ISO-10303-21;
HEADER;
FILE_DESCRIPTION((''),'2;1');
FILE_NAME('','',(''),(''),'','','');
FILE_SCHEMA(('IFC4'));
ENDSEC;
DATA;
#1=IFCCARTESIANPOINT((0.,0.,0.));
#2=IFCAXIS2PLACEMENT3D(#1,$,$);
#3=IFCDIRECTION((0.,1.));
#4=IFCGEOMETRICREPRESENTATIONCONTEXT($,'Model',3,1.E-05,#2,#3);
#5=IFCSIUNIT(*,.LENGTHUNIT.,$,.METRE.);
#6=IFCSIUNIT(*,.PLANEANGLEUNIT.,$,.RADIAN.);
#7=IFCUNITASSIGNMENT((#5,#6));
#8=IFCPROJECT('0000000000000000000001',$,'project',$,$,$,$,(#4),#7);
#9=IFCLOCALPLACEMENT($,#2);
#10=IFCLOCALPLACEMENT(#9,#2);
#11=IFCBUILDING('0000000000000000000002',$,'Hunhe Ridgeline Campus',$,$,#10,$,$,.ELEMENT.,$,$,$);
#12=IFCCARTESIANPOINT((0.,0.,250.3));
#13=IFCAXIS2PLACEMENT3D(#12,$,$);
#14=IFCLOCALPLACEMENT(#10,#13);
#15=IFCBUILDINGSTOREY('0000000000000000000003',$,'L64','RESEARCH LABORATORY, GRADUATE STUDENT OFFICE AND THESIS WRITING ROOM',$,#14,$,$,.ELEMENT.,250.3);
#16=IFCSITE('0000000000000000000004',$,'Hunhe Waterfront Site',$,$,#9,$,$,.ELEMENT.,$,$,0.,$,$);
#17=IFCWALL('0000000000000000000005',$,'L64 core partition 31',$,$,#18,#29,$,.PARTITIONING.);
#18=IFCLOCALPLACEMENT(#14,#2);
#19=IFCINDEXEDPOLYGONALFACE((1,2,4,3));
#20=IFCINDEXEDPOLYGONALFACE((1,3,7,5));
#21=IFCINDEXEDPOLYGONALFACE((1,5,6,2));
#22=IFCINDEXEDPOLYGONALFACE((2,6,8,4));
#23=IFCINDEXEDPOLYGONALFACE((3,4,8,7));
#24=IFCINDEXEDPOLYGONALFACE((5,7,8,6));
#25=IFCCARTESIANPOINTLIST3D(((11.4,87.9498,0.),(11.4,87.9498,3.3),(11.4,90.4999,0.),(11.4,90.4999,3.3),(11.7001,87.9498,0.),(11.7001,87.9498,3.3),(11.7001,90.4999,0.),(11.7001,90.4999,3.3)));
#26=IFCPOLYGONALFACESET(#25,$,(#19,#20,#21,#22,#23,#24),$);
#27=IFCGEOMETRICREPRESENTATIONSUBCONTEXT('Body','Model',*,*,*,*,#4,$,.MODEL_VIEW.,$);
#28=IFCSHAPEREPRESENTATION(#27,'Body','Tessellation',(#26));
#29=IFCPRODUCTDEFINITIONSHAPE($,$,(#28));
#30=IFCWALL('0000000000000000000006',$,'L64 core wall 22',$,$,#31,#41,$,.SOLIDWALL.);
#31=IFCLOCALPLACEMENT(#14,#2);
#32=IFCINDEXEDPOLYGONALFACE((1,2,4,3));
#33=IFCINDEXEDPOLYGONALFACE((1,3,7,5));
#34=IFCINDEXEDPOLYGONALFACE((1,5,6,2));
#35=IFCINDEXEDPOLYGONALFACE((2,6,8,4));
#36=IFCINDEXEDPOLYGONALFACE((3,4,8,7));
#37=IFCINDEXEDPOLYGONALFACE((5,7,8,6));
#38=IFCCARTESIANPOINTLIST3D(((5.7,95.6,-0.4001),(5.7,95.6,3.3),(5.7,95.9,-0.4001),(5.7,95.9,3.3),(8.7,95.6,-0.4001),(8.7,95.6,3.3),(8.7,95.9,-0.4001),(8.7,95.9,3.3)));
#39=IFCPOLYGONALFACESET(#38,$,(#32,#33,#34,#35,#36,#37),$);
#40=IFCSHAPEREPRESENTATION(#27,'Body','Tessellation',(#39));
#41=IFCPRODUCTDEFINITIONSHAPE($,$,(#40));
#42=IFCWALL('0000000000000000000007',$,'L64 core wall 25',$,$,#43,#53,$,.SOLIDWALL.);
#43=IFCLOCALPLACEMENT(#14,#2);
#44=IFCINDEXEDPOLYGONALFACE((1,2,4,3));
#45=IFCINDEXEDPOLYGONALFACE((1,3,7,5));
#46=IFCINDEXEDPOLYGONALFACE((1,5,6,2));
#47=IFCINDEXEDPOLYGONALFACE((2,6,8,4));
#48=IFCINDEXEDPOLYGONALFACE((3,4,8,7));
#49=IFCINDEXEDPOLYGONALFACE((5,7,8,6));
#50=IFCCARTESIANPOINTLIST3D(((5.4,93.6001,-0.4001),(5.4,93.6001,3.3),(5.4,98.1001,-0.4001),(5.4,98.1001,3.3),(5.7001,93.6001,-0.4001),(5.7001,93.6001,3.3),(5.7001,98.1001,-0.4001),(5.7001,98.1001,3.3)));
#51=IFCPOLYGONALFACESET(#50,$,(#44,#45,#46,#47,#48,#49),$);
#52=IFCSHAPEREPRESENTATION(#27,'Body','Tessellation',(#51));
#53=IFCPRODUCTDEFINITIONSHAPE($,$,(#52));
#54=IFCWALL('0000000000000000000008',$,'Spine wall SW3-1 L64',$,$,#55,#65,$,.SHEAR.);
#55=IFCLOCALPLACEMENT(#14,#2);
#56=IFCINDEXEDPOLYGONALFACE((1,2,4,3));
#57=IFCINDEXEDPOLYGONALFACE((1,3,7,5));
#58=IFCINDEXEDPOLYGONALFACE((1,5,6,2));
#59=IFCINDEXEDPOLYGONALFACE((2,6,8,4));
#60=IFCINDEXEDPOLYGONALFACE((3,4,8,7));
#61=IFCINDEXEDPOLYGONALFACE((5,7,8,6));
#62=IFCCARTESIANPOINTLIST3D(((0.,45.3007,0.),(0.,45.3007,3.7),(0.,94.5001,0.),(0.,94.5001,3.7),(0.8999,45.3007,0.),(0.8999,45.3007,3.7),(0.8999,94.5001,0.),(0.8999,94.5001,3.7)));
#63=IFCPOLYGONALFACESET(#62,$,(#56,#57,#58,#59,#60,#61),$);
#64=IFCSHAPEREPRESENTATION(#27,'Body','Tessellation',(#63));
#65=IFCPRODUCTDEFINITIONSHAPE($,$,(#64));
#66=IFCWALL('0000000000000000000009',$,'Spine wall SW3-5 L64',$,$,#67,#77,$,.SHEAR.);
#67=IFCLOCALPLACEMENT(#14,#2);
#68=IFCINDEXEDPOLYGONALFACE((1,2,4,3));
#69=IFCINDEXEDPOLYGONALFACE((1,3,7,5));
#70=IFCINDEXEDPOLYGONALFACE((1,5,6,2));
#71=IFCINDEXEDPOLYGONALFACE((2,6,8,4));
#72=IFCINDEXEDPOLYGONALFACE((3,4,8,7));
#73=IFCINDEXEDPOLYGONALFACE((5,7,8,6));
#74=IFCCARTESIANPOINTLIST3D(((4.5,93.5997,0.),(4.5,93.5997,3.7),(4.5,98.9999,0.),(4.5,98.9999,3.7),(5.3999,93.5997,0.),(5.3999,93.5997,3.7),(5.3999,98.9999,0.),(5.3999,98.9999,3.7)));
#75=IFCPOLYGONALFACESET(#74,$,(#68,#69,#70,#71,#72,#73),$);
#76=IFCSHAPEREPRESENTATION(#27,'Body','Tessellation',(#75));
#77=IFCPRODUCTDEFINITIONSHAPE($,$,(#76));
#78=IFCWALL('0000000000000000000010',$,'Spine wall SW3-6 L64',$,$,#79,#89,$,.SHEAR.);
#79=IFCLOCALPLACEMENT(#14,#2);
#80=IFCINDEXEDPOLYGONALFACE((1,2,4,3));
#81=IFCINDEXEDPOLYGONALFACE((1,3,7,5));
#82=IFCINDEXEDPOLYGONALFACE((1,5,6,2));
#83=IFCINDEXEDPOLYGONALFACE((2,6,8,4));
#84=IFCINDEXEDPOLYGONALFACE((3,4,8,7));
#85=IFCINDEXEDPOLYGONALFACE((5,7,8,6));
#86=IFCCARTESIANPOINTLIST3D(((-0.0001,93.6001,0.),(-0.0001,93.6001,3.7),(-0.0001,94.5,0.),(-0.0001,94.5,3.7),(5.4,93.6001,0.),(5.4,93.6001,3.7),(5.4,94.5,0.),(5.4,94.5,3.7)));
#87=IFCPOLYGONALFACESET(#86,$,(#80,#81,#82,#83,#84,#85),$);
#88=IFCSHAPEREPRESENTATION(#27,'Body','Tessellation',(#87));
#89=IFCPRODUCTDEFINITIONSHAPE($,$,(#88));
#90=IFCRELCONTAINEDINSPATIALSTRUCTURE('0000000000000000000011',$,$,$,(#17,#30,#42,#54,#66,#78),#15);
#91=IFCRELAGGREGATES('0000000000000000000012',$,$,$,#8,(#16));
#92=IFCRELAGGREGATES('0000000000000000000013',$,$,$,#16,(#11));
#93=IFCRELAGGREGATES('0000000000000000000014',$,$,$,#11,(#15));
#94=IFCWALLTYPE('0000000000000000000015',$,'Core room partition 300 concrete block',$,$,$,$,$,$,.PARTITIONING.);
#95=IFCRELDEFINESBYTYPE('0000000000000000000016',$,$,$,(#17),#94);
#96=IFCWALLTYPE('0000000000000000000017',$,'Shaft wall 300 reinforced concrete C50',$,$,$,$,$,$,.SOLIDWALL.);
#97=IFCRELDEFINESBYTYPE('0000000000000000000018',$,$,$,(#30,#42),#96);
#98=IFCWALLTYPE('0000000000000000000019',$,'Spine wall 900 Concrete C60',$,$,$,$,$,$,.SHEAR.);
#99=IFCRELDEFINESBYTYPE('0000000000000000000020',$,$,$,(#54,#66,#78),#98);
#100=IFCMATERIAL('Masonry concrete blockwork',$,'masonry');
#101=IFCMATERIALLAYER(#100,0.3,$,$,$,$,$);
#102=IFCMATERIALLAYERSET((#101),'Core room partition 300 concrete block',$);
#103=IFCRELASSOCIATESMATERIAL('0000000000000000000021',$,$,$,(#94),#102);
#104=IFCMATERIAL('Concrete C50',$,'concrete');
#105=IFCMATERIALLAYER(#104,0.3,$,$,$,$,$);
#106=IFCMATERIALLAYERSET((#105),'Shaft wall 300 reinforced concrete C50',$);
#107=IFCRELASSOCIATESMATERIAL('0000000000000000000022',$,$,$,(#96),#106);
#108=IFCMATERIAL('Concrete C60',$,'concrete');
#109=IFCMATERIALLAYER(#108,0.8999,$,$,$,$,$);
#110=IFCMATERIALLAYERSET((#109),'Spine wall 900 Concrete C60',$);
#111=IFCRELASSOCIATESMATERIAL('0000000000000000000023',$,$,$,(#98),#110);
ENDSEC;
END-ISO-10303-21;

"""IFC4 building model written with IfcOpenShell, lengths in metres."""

from ifc_helpers import new_model, si_unit, direction, frame, frame_2d, origin, place, context, subcontext, project, spatial, rectangle, extrude, material, layer, layer_set, type_object, element, save


model = new_model("IFC4")

# Units and contexts
model_context = context("Model", 3, precision=1e-05, world=origin(), true_north=direction((0.0, 1.0)))
body_context = subcontext(model_context, "Body", "Model", "MODEL_VIEW")
ifc_project = project(units=[si_unit("LENGTHUNIT", "METRE"), si_unit("PLANEANGLEUNIT", "RADIAN")], contexts=[model_context])

# Site, building, storey
site_placement = place(None, origin())
site = spatial("IfcSite", under=ifc_project, at=site_placement, Name="Hunhe Waterfront Site", CompositionType="ELEMENT", RefElevation=0.0)
building_placement = place(site_placement, origin())
building = spatial("IfcBuilding", under=site, at=building_placement, Name="Hunhe Ridgeline Campus", CompositionType="ELEMENT")
storey_placement = place(building_placement, frame((0.0, 0.0, 250.3)))
storey = spatial("IfcBuildingStorey", under=building, at=storey_placement, Name="L64", Description="RESEARCH LABORATORY, GRADUATE STUDENT OFFICE AND THESIS WRITING ROOM", CompositionType="ELEMENT", Elevation=250.3)

# Wall
ifc_material_1 = material(Name="Masonry concrete blockwork", Category="masonry")
ifc_layer_1 = layer(ifc_material_1, 0.3)
ifc_layer_set_1 = layer_set([ifc_layer_1], Name="Core room partition 300 concrete block")
wall_type_1 = type_object("IfcWallType", Name="Core room partition 300 concrete block", PredefinedType="PARTITIONING", material=ifc_layer_set_1)
wall_1_placement = place(storey_placement, frame((11.55, 87.95, 0.0), z_axis=(0.0, 0.0, 1.0), x_axis=(0.0, 1.0, 0.0)))
element("IfcWall", 1, at=wall_1_placement, inside=storey, type_object=wall_type_1, Name="L64 core partition 31", PredefinedType="PARTITIONING", context=body_context, shape_type="SweptSolid", body=[
    extrude(rectangle(XDim=2.55, YDim=0.3, at=frame_2d((1.2749, 0.0))), origin(), (0.0, 0.0, 1.0), 3.3),
])

# Shared definitions
ifc_material_2 = material(Name="Concrete C50", Category="concrete")
ifc_layer_2 = layer(ifc_material_2, 0.3)
ifc_layer_set_2 = layer_set([ifc_layer_2], Name="Shaft wall 300 reinforced concrete C50")
wall_type_2 = type_object("IfcWallType", Name="Shaft wall 300 reinforced concrete C50", PredefinedType="SOLIDWALL", material=ifc_layer_set_2)

# Walls
wall_2_placement = place(storey_placement, frame((5.7, 95.75, -0.4001), z_axis=(0.0, 0.0, 1.0), x_axis=(1.0, 0.0, 0.0)))
element("IfcWall", 2, at=wall_2_placement, inside=storey, type_object=wall_type_2, Name="L64 core wall 22", PredefinedType="SOLIDWALL", context=body_context, shape_type="SweptSolid", body=[
    extrude(rectangle(XDim=3.0, YDim=0.3, at=frame_2d((1.5, 0.0))), origin(), (0.0, 0.0, 1.0), 3.7002),
])
wall_3_placement = place(storey_placement, frame((5.55, 93.6001, -0.4001), z_axis=(0.0, 0.0, 1.0), x_axis=(0.0, 1.0, 0.0)))
element("IfcWall", 3, at=wall_3_placement, inside=storey, type_object=wall_type_2, Name="L64 core wall 25", PredefinedType="SOLIDWALL", context=body_context, shape_type="SweptSolid", body=[
    extrude(rectangle(XDim=4.5, YDim=0.3, at=frame_2d((2.25, 0.0))), origin(), (0.0, 0.0, 1.0), 3.7002),
])

# Walls
ifc_material_3 = material(Name="Concrete C60", Category="concrete")
ifc_layer_3 = layer(ifc_material_3, 0.8999)
ifc_layer_set_3 = layer_set([ifc_layer_3], Name="Spine wall 900 Concrete C60")
wall_type_3 = type_object("IfcWallType", Name="Spine wall 900 Concrete C60", PredefinedType="SHEAR", material=ifc_layer_set_3)
wall_4_placement = place(storey_placement, frame((0.45, 94.5, 0.0), z_axis=(0.0, 0.0, 1.0), x_axis=(0.0, -1.0, 0.0)))
element("IfcWall", 4, at=wall_4_placement, inside=storey, type_object=wall_type_3, Name="Spine wall SW3-1 L64", PredefinedType="SHEAR", context=body_context, shape_type="SweptSolid", body=[
    extrude(rectangle(XDim=49.1995, YDim=0.8999, at=frame_2d((24.5996, 0.0))), origin(), (0.0, 0.0, 1.0), 3.7),
])
for number, where, z_axis, x_axis, name in (
    (5, (4.95, 99.0, 0.0), (0.0, 0.0, 1.0), (0.0, -1.0, 0.0), "Spine wall SW3-5 L64"),
    (6, (5.4001, 94.05, 0.0), (0.0, 0.0, 1.0), (-1.0, 0.0, 0.0), "Spine wall SW3-6 L64"),
):
    element("IfcWall", number, at=place(storey_placement, frame(where, z_axis=z_axis, x_axis=x_axis)), inside=storey, type_object=wall_type_3, Name=name, PredefinedType="SHEAR", context=body_context, shape_type="SweptSolid", body=[
        extrude(rectangle(XDim=5.4001, YDim=0.8999, at=frame_2d((2.7002, 0.0))), origin(), (0.0, 0.0, 1.0), 3.7),
    ])

save(model, "model.ifc")
